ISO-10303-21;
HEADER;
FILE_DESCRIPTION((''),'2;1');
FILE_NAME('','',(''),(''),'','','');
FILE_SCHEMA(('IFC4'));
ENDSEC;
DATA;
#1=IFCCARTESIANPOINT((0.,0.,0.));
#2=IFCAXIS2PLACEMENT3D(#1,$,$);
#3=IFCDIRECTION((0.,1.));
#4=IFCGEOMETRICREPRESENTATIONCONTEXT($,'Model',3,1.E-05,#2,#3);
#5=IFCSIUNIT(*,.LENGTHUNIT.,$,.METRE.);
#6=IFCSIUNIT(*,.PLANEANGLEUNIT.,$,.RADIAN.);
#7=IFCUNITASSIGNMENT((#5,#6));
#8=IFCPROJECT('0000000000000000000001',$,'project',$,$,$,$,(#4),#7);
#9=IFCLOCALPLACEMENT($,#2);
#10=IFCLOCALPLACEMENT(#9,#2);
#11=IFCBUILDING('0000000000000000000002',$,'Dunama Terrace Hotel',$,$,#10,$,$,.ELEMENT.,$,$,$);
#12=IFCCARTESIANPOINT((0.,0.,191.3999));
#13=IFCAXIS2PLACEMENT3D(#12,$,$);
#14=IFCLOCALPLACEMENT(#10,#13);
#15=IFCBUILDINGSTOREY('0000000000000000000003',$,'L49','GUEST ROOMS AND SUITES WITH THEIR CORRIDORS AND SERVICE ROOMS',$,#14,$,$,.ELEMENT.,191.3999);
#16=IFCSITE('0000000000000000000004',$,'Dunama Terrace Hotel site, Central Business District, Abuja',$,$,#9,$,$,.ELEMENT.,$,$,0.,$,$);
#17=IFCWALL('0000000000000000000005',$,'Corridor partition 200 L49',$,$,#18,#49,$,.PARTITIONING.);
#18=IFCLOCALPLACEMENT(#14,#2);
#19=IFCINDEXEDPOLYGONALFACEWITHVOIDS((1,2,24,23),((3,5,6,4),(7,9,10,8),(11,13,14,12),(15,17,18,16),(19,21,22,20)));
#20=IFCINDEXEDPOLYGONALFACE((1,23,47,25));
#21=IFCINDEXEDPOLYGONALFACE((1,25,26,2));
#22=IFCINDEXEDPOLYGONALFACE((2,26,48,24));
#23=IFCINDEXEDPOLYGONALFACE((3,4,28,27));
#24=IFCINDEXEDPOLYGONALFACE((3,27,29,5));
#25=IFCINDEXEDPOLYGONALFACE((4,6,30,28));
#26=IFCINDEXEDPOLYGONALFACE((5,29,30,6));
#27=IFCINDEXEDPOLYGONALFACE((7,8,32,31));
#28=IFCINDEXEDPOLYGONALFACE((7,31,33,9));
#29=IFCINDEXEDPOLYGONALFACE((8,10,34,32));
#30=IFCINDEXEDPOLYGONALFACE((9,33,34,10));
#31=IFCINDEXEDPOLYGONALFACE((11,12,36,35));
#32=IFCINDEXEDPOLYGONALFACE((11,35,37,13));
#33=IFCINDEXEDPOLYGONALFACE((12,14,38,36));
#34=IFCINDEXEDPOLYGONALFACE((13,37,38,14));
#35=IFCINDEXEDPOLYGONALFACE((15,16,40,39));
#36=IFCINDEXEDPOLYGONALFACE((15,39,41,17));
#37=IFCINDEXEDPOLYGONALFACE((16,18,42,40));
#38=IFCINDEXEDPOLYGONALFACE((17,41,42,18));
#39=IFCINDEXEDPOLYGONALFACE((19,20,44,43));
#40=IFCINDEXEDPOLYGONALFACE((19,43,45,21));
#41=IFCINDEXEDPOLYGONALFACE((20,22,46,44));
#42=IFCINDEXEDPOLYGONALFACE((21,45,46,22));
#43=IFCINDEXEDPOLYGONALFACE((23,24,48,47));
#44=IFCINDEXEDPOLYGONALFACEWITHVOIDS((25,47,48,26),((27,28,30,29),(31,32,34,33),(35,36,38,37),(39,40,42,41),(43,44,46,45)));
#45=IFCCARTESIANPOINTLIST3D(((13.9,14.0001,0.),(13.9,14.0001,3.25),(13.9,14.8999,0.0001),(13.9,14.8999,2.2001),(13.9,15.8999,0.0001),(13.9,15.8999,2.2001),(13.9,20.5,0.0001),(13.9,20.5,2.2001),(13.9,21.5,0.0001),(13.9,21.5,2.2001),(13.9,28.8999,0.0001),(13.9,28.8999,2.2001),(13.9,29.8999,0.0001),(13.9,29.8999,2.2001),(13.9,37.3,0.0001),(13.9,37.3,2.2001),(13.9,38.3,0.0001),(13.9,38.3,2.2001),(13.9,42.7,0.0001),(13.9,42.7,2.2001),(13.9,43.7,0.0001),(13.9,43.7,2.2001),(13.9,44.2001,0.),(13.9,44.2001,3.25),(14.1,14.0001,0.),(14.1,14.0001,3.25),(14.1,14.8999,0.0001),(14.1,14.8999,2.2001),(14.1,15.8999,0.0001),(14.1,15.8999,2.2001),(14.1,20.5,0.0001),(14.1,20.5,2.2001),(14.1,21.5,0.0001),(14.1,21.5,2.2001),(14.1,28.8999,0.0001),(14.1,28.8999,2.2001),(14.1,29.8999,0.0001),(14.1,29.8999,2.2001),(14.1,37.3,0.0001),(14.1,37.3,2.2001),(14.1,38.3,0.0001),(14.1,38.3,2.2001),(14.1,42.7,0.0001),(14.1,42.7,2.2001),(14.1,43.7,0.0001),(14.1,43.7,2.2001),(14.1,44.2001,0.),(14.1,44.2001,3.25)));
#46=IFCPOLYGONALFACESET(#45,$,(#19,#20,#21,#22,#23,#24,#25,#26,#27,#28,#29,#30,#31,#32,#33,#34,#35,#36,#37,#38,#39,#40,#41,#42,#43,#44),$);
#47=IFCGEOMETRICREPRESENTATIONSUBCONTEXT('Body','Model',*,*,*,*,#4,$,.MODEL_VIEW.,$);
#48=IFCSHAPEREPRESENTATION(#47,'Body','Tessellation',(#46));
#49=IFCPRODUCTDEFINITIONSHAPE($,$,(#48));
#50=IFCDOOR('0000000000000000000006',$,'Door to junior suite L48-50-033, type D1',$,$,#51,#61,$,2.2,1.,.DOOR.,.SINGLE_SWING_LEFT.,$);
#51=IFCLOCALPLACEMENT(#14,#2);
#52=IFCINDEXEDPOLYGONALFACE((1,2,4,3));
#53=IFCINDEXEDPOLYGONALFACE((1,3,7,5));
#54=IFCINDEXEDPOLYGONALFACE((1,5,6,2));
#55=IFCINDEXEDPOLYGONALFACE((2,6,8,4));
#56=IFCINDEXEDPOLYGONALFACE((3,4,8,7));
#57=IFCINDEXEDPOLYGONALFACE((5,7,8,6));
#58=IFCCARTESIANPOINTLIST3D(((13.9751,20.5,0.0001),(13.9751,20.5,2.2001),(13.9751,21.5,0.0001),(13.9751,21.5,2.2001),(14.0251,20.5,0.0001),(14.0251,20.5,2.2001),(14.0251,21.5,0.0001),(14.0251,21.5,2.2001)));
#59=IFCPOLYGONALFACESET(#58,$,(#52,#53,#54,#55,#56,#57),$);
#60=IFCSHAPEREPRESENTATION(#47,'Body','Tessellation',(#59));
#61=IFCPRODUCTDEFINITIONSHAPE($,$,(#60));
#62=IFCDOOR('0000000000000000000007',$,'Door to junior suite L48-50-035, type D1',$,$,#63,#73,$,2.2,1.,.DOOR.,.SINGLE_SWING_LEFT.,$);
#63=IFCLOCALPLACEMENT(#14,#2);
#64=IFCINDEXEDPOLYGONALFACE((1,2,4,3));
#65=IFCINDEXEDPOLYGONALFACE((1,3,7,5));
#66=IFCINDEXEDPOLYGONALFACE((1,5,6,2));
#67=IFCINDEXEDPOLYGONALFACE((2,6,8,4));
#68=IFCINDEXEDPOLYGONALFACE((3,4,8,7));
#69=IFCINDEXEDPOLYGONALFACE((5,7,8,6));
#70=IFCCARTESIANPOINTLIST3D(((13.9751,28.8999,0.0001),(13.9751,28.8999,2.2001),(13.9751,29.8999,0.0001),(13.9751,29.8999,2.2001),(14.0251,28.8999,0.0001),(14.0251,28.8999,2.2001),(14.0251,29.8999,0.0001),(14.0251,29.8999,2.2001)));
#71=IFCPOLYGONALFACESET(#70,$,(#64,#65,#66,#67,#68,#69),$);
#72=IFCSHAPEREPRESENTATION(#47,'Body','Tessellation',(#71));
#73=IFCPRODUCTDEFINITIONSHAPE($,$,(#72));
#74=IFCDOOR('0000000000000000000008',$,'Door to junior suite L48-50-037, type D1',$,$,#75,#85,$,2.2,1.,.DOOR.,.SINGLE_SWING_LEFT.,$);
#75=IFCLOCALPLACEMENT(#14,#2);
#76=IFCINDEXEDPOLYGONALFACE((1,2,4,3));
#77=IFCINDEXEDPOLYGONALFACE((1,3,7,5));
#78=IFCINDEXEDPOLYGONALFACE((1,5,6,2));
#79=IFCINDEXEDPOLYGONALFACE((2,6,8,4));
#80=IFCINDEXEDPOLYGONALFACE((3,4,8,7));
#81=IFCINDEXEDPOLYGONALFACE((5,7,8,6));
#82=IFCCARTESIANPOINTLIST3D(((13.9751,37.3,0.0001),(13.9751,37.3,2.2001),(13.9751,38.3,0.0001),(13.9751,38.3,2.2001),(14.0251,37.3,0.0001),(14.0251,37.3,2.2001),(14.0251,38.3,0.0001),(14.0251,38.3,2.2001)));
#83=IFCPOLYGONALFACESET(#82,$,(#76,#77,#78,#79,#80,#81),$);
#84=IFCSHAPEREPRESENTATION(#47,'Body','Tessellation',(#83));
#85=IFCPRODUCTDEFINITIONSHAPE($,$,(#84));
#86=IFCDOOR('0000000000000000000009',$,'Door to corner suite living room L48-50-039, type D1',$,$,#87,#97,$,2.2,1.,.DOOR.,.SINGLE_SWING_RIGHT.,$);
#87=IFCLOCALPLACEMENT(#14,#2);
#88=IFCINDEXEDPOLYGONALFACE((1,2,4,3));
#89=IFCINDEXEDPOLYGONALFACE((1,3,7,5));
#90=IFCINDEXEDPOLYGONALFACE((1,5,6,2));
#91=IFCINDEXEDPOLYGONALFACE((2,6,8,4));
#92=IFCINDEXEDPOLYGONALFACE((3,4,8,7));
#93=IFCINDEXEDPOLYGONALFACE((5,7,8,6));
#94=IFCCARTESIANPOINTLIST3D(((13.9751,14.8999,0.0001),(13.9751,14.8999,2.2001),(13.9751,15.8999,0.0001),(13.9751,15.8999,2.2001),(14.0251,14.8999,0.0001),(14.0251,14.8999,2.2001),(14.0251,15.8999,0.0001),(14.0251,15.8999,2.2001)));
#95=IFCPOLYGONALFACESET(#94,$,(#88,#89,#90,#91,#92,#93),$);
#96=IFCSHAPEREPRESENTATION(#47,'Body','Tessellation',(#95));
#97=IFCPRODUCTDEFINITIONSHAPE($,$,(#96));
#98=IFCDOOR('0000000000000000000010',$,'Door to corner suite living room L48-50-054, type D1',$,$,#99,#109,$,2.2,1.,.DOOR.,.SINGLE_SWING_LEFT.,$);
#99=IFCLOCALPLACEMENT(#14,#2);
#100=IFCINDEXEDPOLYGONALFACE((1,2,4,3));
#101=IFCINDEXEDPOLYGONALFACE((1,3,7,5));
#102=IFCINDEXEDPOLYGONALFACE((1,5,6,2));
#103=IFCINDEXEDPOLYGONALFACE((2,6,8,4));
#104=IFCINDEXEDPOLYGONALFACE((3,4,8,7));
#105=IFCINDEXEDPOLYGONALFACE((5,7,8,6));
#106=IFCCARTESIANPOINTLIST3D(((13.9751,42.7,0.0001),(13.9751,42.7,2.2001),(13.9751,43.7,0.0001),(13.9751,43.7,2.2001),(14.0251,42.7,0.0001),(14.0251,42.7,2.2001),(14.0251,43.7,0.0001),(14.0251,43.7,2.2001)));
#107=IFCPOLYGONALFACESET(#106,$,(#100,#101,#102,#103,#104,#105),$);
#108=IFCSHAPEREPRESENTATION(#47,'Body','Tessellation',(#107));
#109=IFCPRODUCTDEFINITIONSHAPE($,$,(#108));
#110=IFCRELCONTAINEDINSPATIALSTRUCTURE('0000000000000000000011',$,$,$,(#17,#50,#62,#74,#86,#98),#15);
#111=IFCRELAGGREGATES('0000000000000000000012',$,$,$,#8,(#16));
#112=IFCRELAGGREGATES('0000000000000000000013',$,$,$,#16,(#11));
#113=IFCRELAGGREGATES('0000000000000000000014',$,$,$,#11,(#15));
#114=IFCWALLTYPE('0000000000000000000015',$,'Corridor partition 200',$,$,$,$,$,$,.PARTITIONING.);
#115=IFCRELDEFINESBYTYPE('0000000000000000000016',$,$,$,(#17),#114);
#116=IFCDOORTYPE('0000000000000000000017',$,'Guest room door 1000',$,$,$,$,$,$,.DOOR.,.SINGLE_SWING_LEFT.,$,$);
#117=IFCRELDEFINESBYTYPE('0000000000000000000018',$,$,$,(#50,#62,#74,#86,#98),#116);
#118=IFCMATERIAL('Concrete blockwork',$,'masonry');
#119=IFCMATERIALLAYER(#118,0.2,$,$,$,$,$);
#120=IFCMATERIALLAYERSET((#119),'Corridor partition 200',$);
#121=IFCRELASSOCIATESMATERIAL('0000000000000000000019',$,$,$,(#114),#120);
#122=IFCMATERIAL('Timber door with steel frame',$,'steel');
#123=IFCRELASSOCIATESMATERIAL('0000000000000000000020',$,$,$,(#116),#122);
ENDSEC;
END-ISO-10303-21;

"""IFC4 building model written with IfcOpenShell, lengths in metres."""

from ifc_helpers import new_model, si_unit, direction, frame, frame_2d, origin, place, context, subcontext, project, spatial, rectangle, extrude, material, layer, layer_set, type_object, element, fill, save


model = new_model("IFC4")

# Units and contexts
model_context = context("Model", 3, precision=1e-05, world=origin(), true_north=direction((0.0, 1.0)))
body_context = subcontext(model_context, "Body", "Model", "MODEL_VIEW")
ifc_project = project(units=[si_unit("LENGTHUNIT", "METRE"), si_unit("PLANEANGLEUNIT", "RADIAN")], contexts=[model_context])

# Site, building, storey
site_placement = place(None, origin())
site = spatial("IfcSite", under=ifc_project, at=site_placement, Name="Dunama Terrace Hotel site, Central Business District, Abuja", CompositionType="ELEMENT", RefElevation=0.0)
building_placement = place(site_placement, origin())
building = spatial("IfcBuilding", under=site, at=building_placement, Name="Dunama Terrace Hotel", CompositionType="ELEMENT")
storey_placement = place(building_placement, frame((0.0, 0.0, 191.3999)))
storey = spatial("IfcBuildingStorey", under=building, at=storey_placement, Name="L49", Description="GUEST ROOMS AND SUITES WITH THEIR CORRIDORS AND SERVICE ROOMS", CompositionType="ELEMENT", Elevation=191.3999)

# Wall, openings, doors
ifc_material_1 = material(Name="Concrete blockwork", Category="masonry")
ifc_layer_1 = layer(ifc_material_1, 0.2)
ifc_layer_set_1 = layer_set([ifc_layer_1], Name="Corridor partition 200")
wall_type_1 = type_object("IfcWallType", Name="Corridor partition 200", PredefinedType="PARTITIONING", material=ifc_layer_set_1)
wall_1_placement = place(storey_placement, frame((14.0, 14.0, 0.0), z_axis=(0.0, 0.0, 1.0), x_axis=(0.0, 1.0, 0.0)))
wall_1 = element("IfcWall", 1, at=wall_1_placement, inside=storey, type_object=wall_type_1, Name="Corridor partition 200 L49", PredefinedType="PARTITIONING", context=body_context, shape_type="SweptSolid", body=[
    extrude(rectangle(XDim=30.2, YDim=0.2, at=frame_2d((15.1001, 0.0))), origin(), (0.0, 0.0, 1.0), 3.25),
])
opening_1_placement = place(wall_1_placement, frame((6.5, 0.0, 0.0)))
opening_1 = element("IfcOpeningElement", 2, at=opening_1_placement, cuts=wall_1, PredefinedType="OPENING", context=body_context, shape_type="SweptSolid", body=[
    extrude(rectangle(XDim=1.0, YDim=2.2, at=frame_2d((0.5, 1.1001))), frame((0.0, 0.1099, 0.0), z_axis=(0.0, -1.0, 0.0), x_axis=(1.0, 0.0, 0.0)), (0.0, 0.0, 1.0), 0.22),
])
opening_2_placement = place(wall_1_placement, frame((14.8999, 0.0, 0.0)))
opening_2 = element("IfcOpeningElement", 3, at=opening_2_placement, cuts=wall_1, PredefinedType="OPENING", context=body_context, shape_type="SweptSolid", body=[
    extrude(rectangle(XDim=1.0, YDim=2.2, at=frame_2d((0.5, 1.1001))), frame((0.0, 0.1099, 0.0), z_axis=(0.0, -1.0, 0.0), x_axis=(1.0, 0.0, 0.0)), (0.0, 0.0, 1.0), 0.22),
])
opening_3_placement = place(wall_1_placement, frame((23.3, 0.0, 0.0)))
opening_3 = element("IfcOpeningElement", 4, at=opening_3_placement, cuts=wall_1, PredefinedType="OPENING", context=body_context, shape_type="SweptSolid", body=[
    extrude(rectangle(XDim=1.0, YDim=2.2, at=frame_2d((0.5, 1.1001))), frame((0.0, 0.1099, 0.0), z_axis=(0.0, -1.0, 0.0), x_axis=(1.0, 0.0, 0.0)), (0.0, 0.0, 1.0), 0.22),
])
opening_4_placement = place(wall_1_placement, frame((0.8999, 0.0, 0.0)))
opening_4 = element("IfcOpeningElement", 5, at=opening_4_placement, cuts=wall_1, PredefinedType="OPENING", context=body_context, shape_type="SweptSolid", body=[
    extrude(rectangle(XDim=1.0, YDim=2.2, at=frame_2d((0.5, 1.1001))), frame((0.0, 0.1099, 0.0), z_axis=(0.0, -1.0, 0.0), x_axis=(1.0, 0.0, 0.0)), (0.0, 0.0, 1.0), 0.22),
])
opening_5_placement = place(wall_1_placement, frame((28.7, 0.0, 0.0)))
opening_5 = element("IfcOpeningElement", 6, at=opening_5_placement, cuts=wall_1, PredefinedType="OPENING", context=body_context, shape_type="SweptSolid", body=[
    extrude(rectangle(XDim=1.0, YDim=2.2, at=frame_2d((0.5, 1.1001))), frame((0.0, 0.1099, 0.0), z_axis=(0.0, -1.0, 0.0), x_axis=(1.0, 0.0, 0.0)), (0.0, 0.0, 1.0), 0.22),
])
ifc_material_2 = material(Name="Timber door with steel frame", Category="steel")
door_type_1 = type_object("IfcDoorType", Name="Guest room door 1000", OperationType="SINGLE_SWING_LEFT", PredefinedType="DOOR", material=ifc_material_2)
door_1_placement = place(opening_1_placement, origin())
door_1 = element("IfcDoor", 7, at=door_1_placement, inside=storey, type_object=door_type_1, Name="Door to junior suite L48-50-033, type D1", OperationType="SINGLE_SWING_LEFT", OverallHeight=2.2, OverallWidth=1.0, PredefinedType="DOOR", context=body_context, shape_type="SweptSolid", body=[
    extrude(rectangle(XDim=1.0, YDim=2.2, at=frame_2d((0.5, 1.1001))), frame((0.0, 0.0249, 0.0), z_axis=(0.0, -1.0, 0.0), x_axis=(1.0, 0.0, 0.0)), (0.0, 0.0, 1.0), 0.05),
])
fill(opening_1, door_1)
door_2_placement = place(opening_2_placement, origin())
door_2 = element("IfcDoor", 8, at=door_2_placement, inside=storey, type_object=door_type_1, Name="Door to junior suite L48-50-035, type D1", OperationType="SINGLE_SWING_LEFT", OverallHeight=2.2, OverallWidth=1.0, PredefinedType="DOOR", context=body_context, shape_type="SweptSolid", body=[
    extrude(rectangle(XDim=1.0, YDim=2.2, at=frame_2d((0.5, 1.1001))), frame((0.0, 0.0249, 0.0), z_axis=(0.0, -1.0, 0.0), x_axis=(1.0, 0.0, 0.0)), (0.0, 0.0, 1.0), 0.05),
])
fill(opening_2, door_2)
door_3_placement = place(opening_3_placement, origin())
door_3 = element("IfcDoor", 9, at=door_3_placement, inside=storey, type_object=door_type_1, Name="Door to junior suite L48-50-037, type D1", OperationType="SINGLE_SWING_LEFT", OverallHeight=2.2, OverallWidth=1.0, PredefinedType="DOOR", context=body_context, shape_type="SweptSolid", body=[
    extrude(rectangle(XDim=1.0, YDim=2.2, at=frame_2d((0.5, 1.1001))), frame((0.0, 0.0249, 0.0), z_axis=(0.0, -1.0, 0.0), x_axis=(1.0, 0.0, 0.0)), (0.0, 0.0, 1.0), 0.05),
])
fill(opening_3, door_3)
door_4_placement = place(opening_4_placement, origin())
door_4 = element("IfcDoor", 10, at=door_4_placement, inside=storey, type_object=door_type_1, Name="Door to corner suite living room L48-50-039, type D1", OperationType="SINGLE_SWING_RIGHT", OverallHeight=2.2, OverallWidth=1.0, PredefinedType="DOOR", context=body_context, shape_type="SweptSolid", body=[
    extrude(rectangle(XDim=1.0, YDim=2.2, at=frame_2d((0.5, 1.1001))), frame((0.0, 0.0249, 0.0), z_axis=(0.0, -1.0, 0.0), x_axis=(1.0, 0.0, 0.0)), (0.0, 0.0, 1.0), 0.05),
])
fill(opening_4, door_4)
door_5_placement = place(opening_5_placement, origin())
door_5 = element("IfcDoor", 11, at=door_5_placement, inside=storey, type_object=door_type_1, Name="Door to corner suite living room L48-50-054, type D1", OperationType="SINGLE_SWING_LEFT", OverallHeight=2.2, OverallWidth=1.0, PredefinedType="DOOR", context=body_context, shape_type="SweptSolid", body=[
    extrude(rectangle(XDim=1.0, YDim=2.2, at=frame_2d((0.5, 1.1001))), frame((0.0, 0.0249, 0.0), z_axis=(0.0, -1.0, 0.0), x_axis=(1.0, 0.0, 0.0)), (0.0, 0.0, 1.0), 0.05),
])
fill(opening_5, door_5)

save(model, "model.ifc")
